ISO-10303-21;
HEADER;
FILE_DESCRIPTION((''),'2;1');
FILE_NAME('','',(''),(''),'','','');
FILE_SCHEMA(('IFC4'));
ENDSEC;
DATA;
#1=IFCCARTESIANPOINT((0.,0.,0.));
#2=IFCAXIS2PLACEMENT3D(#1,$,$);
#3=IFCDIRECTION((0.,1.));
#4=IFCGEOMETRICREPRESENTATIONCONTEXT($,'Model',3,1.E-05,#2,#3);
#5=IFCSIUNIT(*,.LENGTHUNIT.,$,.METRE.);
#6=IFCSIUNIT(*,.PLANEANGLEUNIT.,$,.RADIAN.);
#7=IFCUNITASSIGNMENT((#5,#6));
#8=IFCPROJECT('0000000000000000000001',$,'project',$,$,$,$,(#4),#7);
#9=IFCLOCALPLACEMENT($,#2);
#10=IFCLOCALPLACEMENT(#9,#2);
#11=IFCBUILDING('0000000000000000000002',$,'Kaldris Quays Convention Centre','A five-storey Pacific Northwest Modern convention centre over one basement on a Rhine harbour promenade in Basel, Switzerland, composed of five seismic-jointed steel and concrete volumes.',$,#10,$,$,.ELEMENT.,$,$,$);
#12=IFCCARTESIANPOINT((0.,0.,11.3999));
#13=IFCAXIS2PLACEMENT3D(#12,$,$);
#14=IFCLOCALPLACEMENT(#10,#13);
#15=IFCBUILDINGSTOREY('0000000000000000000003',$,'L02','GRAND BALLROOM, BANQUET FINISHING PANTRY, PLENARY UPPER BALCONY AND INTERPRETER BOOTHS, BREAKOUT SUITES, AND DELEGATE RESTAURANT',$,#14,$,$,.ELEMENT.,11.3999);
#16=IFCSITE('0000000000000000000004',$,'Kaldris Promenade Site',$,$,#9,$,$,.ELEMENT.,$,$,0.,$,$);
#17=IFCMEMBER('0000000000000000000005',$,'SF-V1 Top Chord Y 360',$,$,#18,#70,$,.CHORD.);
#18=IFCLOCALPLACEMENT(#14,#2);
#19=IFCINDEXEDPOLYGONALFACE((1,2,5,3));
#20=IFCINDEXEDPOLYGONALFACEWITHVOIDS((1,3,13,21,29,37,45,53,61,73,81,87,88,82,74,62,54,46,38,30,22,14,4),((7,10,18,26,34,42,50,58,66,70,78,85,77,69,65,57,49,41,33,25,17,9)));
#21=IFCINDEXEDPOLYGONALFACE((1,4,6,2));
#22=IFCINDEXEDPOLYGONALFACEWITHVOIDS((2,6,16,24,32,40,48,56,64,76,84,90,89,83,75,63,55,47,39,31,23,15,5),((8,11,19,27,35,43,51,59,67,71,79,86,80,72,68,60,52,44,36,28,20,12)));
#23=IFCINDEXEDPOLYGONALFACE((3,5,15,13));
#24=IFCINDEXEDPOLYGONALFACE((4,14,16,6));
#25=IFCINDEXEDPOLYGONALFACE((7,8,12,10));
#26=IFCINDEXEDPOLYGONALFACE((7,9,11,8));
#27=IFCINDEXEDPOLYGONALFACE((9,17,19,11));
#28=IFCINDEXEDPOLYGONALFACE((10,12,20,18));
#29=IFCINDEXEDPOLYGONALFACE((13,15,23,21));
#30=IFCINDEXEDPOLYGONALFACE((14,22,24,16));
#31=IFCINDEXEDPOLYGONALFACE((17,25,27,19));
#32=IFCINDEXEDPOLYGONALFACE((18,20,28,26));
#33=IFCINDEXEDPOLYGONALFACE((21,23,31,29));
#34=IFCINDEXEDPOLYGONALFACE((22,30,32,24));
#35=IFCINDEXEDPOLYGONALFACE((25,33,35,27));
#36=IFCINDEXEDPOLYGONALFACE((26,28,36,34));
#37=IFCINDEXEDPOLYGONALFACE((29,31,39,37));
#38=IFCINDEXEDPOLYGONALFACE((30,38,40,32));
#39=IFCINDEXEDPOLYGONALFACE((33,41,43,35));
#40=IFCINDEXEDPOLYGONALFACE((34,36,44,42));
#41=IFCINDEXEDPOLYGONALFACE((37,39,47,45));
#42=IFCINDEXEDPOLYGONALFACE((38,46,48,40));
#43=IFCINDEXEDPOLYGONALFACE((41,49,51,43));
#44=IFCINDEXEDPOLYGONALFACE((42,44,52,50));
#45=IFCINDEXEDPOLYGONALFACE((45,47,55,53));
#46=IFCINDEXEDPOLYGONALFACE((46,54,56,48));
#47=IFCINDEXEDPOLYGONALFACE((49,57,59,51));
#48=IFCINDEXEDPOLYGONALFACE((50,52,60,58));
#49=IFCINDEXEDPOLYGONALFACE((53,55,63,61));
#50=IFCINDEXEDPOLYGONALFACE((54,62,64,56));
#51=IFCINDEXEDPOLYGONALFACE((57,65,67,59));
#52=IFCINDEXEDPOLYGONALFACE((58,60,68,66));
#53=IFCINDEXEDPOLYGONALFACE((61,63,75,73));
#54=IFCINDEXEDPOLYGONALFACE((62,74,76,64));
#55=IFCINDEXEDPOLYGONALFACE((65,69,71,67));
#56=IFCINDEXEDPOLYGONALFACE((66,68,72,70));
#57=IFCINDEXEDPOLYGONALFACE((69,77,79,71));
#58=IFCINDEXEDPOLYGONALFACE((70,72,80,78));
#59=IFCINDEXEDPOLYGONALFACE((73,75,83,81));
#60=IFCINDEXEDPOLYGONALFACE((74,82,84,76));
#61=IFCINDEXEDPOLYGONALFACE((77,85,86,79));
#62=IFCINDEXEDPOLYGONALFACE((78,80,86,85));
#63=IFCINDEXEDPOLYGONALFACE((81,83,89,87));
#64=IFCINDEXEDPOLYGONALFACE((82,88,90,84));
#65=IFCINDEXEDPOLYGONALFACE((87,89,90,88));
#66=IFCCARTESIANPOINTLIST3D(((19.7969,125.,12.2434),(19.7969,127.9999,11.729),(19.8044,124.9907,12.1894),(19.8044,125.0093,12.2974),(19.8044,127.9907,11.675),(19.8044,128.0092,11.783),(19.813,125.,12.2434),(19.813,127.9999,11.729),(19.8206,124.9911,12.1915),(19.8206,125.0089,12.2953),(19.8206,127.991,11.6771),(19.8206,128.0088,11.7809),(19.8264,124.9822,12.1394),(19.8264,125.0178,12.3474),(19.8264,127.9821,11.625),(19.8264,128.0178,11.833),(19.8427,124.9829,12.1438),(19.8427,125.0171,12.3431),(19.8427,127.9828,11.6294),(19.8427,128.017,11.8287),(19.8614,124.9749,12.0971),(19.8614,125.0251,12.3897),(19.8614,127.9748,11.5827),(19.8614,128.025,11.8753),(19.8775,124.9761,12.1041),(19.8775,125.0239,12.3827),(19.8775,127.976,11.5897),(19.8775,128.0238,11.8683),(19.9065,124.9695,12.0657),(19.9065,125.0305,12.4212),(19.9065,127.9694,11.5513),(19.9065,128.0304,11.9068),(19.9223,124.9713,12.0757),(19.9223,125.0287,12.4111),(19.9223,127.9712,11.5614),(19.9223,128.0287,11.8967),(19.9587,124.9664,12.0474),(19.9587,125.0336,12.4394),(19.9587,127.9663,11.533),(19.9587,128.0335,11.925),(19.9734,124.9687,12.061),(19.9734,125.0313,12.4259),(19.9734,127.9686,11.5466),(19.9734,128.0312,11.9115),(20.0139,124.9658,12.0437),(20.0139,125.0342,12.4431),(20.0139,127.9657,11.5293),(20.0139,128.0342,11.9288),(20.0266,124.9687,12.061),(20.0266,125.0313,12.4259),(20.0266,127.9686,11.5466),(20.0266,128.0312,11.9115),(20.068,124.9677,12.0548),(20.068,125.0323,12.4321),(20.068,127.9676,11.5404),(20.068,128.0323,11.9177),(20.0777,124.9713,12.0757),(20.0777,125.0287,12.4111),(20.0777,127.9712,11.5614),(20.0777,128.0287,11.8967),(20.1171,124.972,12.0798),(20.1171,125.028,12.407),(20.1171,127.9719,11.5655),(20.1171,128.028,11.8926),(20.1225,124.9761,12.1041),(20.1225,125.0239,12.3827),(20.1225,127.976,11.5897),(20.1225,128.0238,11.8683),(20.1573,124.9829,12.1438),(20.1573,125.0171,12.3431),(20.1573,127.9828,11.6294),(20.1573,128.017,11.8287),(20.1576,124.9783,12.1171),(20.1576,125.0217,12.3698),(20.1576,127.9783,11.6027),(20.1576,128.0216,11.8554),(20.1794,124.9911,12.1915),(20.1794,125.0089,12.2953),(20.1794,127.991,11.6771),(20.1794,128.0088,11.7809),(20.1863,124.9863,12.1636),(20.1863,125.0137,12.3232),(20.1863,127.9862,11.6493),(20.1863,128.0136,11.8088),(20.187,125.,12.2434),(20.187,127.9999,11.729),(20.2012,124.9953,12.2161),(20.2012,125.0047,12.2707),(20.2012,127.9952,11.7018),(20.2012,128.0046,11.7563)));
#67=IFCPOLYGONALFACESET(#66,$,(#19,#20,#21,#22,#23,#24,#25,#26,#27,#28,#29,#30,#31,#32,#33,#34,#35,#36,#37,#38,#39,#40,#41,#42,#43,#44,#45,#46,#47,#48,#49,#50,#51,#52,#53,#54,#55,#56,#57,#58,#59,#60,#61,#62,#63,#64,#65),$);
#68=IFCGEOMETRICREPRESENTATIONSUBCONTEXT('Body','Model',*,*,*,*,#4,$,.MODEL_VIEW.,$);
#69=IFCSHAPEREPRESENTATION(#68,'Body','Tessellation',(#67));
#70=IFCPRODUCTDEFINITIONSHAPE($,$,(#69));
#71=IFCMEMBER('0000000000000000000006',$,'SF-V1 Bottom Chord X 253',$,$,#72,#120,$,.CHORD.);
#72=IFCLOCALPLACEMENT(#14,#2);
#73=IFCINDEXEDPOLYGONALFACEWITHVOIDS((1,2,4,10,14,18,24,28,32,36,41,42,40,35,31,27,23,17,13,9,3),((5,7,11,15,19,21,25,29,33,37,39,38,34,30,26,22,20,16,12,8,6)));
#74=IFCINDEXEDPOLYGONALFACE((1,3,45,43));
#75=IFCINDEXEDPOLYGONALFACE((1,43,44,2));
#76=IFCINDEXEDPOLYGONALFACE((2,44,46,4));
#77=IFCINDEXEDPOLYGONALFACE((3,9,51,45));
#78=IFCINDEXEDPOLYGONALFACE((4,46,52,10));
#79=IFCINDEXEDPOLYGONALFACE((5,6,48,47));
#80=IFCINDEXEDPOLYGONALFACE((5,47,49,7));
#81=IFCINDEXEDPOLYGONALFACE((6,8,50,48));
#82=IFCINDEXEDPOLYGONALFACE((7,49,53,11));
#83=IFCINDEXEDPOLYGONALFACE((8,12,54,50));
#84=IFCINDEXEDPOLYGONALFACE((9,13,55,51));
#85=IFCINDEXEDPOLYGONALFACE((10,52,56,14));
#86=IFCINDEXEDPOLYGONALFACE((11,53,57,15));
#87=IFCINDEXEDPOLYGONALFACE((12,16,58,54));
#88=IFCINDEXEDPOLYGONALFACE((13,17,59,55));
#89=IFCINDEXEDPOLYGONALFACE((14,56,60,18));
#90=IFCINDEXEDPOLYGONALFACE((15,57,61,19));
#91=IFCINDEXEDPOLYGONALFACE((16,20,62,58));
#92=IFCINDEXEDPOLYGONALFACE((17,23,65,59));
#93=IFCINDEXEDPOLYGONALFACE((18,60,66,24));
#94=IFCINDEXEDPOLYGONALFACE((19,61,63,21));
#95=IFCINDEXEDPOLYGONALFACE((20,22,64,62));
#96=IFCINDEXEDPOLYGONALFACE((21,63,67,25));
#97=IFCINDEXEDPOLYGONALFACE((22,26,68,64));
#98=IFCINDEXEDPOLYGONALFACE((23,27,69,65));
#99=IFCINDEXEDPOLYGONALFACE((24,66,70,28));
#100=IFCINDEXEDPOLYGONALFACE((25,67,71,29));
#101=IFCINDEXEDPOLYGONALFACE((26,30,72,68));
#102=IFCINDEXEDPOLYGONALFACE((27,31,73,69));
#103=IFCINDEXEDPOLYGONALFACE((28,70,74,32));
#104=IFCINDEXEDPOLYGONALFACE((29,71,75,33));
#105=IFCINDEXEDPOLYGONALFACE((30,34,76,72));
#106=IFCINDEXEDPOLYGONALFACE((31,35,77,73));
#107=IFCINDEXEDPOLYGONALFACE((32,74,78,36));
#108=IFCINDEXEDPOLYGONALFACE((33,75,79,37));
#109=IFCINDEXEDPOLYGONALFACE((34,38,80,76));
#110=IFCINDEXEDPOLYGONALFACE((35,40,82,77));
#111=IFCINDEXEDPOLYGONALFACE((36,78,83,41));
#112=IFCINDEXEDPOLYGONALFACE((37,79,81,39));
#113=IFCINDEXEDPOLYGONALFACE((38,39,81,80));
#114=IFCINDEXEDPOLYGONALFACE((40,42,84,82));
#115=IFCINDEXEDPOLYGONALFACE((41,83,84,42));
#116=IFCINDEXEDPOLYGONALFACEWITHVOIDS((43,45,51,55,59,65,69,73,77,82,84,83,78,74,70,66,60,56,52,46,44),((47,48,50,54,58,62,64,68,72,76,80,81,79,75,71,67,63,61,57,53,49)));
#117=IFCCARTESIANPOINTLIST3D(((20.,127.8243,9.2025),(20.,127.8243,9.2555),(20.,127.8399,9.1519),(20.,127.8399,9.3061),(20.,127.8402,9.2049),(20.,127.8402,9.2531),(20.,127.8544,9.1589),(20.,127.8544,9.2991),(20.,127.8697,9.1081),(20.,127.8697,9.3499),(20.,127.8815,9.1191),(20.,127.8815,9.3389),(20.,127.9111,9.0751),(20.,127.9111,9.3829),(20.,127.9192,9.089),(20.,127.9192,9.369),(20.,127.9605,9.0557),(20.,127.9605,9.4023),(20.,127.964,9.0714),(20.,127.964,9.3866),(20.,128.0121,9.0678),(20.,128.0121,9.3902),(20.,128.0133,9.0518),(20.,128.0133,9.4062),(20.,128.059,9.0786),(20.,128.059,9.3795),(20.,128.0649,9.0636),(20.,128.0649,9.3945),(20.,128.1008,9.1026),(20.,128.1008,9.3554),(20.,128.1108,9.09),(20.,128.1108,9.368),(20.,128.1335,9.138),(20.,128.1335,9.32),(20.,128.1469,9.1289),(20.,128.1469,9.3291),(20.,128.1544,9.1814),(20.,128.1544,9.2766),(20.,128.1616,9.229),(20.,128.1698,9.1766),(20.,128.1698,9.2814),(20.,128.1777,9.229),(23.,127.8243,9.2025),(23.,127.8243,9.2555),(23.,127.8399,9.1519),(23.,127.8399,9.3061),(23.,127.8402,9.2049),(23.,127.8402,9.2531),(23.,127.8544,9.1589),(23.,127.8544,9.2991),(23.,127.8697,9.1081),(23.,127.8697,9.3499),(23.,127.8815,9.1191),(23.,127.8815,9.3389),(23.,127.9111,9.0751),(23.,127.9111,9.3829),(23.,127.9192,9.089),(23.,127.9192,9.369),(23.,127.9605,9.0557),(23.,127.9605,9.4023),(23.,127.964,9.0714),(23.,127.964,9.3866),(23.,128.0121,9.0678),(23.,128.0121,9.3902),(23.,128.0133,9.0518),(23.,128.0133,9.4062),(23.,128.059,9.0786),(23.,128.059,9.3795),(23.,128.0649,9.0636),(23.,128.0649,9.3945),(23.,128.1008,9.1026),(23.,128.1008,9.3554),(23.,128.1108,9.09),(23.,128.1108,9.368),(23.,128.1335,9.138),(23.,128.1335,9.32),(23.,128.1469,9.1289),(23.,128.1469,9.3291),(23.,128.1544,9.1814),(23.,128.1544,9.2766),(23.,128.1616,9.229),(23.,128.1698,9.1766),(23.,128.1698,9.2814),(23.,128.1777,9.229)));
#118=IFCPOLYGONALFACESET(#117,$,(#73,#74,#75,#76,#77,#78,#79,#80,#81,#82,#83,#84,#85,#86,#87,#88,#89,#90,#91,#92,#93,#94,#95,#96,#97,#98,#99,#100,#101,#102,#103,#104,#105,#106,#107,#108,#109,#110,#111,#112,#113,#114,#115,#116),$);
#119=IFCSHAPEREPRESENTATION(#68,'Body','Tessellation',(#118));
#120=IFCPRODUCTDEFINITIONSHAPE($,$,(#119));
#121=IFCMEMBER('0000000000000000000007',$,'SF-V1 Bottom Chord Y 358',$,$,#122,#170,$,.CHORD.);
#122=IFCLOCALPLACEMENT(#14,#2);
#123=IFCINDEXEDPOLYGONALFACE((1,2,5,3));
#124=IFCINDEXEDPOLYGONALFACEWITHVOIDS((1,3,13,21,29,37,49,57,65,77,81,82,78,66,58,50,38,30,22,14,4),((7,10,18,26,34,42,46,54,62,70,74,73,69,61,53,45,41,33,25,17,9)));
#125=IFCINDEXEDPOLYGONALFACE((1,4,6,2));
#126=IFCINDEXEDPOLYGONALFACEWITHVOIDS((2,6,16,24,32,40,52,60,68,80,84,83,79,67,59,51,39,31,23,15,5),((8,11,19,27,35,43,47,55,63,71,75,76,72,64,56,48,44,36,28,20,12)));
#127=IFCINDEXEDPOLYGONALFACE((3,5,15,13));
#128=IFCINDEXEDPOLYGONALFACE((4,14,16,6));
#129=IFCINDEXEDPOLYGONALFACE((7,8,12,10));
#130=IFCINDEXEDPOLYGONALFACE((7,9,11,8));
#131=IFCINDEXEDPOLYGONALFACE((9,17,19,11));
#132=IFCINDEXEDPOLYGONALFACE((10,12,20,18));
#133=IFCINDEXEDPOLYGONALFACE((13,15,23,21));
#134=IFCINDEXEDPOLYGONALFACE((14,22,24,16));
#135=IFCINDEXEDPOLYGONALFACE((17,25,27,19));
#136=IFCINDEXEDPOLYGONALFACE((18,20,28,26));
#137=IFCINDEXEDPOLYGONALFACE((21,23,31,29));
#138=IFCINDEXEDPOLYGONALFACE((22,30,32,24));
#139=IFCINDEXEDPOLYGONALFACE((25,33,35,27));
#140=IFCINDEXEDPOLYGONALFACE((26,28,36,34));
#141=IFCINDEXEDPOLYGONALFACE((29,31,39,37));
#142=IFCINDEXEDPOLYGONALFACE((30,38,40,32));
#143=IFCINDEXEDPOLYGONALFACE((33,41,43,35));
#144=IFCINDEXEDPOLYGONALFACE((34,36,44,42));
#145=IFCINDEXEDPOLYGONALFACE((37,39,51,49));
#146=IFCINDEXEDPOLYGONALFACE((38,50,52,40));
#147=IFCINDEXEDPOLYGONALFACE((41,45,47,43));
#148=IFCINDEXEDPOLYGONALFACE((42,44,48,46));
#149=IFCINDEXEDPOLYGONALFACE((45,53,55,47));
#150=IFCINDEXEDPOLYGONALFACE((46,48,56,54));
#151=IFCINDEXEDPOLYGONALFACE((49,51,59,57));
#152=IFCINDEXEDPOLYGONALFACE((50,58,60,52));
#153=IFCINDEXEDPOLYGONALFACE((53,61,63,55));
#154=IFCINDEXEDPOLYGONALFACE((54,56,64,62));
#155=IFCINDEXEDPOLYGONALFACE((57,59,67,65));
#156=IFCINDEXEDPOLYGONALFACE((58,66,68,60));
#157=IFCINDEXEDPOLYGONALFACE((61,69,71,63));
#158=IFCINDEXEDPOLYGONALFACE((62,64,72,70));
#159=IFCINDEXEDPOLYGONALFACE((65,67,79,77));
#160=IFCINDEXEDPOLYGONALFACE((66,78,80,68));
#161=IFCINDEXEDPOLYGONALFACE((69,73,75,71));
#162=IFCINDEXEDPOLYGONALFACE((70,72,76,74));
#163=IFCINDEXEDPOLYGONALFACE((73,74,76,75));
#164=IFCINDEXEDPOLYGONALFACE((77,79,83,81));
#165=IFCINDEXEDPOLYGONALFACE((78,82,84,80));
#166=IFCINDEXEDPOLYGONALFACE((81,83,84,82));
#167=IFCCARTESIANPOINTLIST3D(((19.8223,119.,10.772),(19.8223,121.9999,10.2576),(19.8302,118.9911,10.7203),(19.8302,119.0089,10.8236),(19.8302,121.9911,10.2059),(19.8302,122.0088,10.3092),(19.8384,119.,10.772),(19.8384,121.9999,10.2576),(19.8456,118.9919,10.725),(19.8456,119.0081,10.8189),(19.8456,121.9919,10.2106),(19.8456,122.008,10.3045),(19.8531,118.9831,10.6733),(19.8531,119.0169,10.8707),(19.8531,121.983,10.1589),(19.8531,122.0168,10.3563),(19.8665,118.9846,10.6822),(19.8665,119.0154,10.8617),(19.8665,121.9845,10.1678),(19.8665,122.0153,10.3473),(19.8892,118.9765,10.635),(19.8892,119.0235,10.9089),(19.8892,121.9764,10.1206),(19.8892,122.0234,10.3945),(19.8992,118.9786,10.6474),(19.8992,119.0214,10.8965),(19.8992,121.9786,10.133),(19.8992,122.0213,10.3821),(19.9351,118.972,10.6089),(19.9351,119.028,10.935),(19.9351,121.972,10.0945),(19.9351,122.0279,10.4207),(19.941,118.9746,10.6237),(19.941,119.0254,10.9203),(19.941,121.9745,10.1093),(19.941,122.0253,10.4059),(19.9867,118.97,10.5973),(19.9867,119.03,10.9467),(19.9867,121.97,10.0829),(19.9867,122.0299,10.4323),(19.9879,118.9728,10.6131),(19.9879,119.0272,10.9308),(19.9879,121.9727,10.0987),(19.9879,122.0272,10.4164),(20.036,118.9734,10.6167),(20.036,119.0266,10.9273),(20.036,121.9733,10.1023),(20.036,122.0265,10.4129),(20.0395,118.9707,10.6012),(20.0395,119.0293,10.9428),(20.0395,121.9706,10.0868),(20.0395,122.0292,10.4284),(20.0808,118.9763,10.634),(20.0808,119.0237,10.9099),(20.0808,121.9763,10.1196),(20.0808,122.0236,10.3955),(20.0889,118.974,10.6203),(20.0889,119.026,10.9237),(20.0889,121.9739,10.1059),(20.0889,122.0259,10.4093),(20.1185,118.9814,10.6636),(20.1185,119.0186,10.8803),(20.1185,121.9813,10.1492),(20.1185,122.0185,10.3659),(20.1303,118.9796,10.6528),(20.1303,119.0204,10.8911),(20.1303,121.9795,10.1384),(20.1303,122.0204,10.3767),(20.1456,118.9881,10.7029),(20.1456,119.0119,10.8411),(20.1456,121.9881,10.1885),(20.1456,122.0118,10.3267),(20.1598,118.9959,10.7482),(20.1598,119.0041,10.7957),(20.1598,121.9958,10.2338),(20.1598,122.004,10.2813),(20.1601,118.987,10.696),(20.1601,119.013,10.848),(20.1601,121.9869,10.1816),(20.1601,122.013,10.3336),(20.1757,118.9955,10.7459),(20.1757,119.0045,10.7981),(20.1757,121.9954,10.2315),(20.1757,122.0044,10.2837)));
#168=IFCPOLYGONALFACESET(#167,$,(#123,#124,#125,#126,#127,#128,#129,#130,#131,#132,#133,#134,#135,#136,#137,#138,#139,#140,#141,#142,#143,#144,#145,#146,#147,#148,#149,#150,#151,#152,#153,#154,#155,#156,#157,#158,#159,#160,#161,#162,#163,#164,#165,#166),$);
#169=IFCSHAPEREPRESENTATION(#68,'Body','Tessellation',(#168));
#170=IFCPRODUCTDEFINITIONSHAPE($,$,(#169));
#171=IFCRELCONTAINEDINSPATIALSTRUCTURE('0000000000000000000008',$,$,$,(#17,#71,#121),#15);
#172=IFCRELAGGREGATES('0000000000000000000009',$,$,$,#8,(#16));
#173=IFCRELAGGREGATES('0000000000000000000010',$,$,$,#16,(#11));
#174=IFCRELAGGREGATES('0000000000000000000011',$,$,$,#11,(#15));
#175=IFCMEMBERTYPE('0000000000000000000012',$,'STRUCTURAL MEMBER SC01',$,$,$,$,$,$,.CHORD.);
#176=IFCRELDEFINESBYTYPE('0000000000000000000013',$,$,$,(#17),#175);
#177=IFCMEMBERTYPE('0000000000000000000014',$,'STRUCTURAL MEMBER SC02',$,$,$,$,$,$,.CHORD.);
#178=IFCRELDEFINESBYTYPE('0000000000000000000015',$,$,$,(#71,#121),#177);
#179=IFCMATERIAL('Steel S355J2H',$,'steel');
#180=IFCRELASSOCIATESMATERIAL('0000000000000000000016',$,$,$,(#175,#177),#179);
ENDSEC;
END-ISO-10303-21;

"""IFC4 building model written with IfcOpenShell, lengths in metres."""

from ifc_helpers import new_model, si_unit, direction, frame, origin, origin_2d, place, context, subcontext, project, spatial, hollow_circle, extrude, material, material_profile, profile_set, type_object, element, save


model = new_model("IFC4")

# Units and contexts
model_context = context("Model", 3, precision=1e-05, world=origin(), true_north=direction((0.0, 1.0)))
body_context = subcontext(model_context, "Body", "Model", "MODEL_VIEW")
ifc_project = project(units=[si_unit("LENGTHUNIT", "METRE"), si_unit("PLANEANGLEUNIT", "RADIAN")], contexts=[model_context])

# Site, building, storey
site_placement = place(None, origin())
site = spatial("IfcSite", under=ifc_project, at=site_placement, Name="Kaldris Promenade Site", CompositionType="ELEMENT", RefElevation=0.0)
building_placement = place(site_placement, origin())
building = spatial("IfcBuilding", under=site, at=building_placement, Name="Kaldris Quays Convention Centre", Description="A five-storey Pacific Northwest Modern convention centre over one basement on a Rhine harbour promenade in Basel, Switzerland, composed of five seismic-jointed steel and concrete volumes.", CompositionType="ELEMENT")
storey_placement = place(building_placement, frame((0.0, 0.0, 11.3999)))
storey = spatial("IfcBuildingStorey", under=building, at=storey_placement, Name="L02", Description="GRAND BALLROOM, BANQUET FINISHING PANTRY, PLENARY UPPER BALCONY AND INTERPRETER BOOTHS, BREAKOUT SUITES, AND DELEGATE RESTAURANT", CompositionType="ELEMENT", Elevation=11.3999)

# Members
ifc_material_1 = material(Name="Steel S355J2H", Category="steel")
ifc_material_profile_1 = material_profile(ifc_material_1, hollow_circle(Radius=0.2031, WallThickness=0.0161, at=origin_2d()), Name="CHS 406.4x16")
ifc_profile_set_1 = profile_set([ifc_material_profile_1], Name="Steel S355J2H")
member_type_1 = type_object("IfcMemberType", Name="STRUCTURAL MEMBER SC01", PredefinedType="CHORD", material=ifc_profile_set_1)
for number, where, z_axis, x_axis, name in (
    (1, (20.0, 125.0, 12.2434), (0.0, 0.985616, -0.169002), (-1.0, 0.0, 0.0), "SF-V1 Top Chord Y 360"),
):
    element("IfcMember", number, at=place(storey_placement, frame(where, z_axis=z_axis, x_axis=x_axis)), inside=storey, type_object=member_type_1, Name=name, PredefinedType="CHORD", context=body_context, shape_type="SweptSolid", body=[
        extrude(hollow_circle(Radius=0.2031, WallThickness=0.0161, at=origin_2d()), origin(), (0.0, 0.0, 1.0), 3.0437),
    ])
ifc_material_profile_2 = material_profile(ifc_material_1, hollow_circle(Radius=0.1777, WallThickness=0.0161, at=origin_2d()), Name="CHS 355.6x16")
ifc_profile_set_2 = profile_set([ifc_material_profile_2], Name="Steel S355J2H")
member_type_2 = type_object("IfcMemberType", Name="STRUCTURAL MEMBER SC02", PredefinedType="CHORD", material=ifc_profile_set_2)
member_1_placement = place(storey_placement, frame((20.0, 128.0, 9.229), z_axis=(1.0, 0.0, 0.0), x_axis=(0.0, 1.0, 0.0)))
element("IfcMember", 2, at=member_1_placement, inside=storey, type_object=member_type_2, Name="SF-V1 Bottom Chord X 253", PredefinedType="CHORD", context=body_context, shape_type="SweptSolid", body=[
    extrude(hollow_circle(Radius=0.1777, WallThickness=0.0161, at=origin_2d()), origin(), (0.0, 0.0, 1.0), 3.0),
])
for number, where, z_axis, x_axis, name in (
    (3, (20.0, 119.0, 10.772), (0.0, 0.985616, -0.169002), (-1.0, 0.0, 0.0), "SF-V1 Bottom Chord Y 358"),
):
    element("IfcMember", number, at=place(storey_placement, frame(where, z_axis=z_axis, x_axis=x_axis)), inside=storey, type_object=member_type_2, Name=name, PredefinedType="CHORD", context=body_context, shape_type="SweptSolid", body=[
        extrude(hollow_circle(Radius=0.1777, WallThickness=0.0161, at=origin_2d()), origin(), (0.0, 0.0, 1.0), 3.0437),
    ])

save(model, "model.ifc")
